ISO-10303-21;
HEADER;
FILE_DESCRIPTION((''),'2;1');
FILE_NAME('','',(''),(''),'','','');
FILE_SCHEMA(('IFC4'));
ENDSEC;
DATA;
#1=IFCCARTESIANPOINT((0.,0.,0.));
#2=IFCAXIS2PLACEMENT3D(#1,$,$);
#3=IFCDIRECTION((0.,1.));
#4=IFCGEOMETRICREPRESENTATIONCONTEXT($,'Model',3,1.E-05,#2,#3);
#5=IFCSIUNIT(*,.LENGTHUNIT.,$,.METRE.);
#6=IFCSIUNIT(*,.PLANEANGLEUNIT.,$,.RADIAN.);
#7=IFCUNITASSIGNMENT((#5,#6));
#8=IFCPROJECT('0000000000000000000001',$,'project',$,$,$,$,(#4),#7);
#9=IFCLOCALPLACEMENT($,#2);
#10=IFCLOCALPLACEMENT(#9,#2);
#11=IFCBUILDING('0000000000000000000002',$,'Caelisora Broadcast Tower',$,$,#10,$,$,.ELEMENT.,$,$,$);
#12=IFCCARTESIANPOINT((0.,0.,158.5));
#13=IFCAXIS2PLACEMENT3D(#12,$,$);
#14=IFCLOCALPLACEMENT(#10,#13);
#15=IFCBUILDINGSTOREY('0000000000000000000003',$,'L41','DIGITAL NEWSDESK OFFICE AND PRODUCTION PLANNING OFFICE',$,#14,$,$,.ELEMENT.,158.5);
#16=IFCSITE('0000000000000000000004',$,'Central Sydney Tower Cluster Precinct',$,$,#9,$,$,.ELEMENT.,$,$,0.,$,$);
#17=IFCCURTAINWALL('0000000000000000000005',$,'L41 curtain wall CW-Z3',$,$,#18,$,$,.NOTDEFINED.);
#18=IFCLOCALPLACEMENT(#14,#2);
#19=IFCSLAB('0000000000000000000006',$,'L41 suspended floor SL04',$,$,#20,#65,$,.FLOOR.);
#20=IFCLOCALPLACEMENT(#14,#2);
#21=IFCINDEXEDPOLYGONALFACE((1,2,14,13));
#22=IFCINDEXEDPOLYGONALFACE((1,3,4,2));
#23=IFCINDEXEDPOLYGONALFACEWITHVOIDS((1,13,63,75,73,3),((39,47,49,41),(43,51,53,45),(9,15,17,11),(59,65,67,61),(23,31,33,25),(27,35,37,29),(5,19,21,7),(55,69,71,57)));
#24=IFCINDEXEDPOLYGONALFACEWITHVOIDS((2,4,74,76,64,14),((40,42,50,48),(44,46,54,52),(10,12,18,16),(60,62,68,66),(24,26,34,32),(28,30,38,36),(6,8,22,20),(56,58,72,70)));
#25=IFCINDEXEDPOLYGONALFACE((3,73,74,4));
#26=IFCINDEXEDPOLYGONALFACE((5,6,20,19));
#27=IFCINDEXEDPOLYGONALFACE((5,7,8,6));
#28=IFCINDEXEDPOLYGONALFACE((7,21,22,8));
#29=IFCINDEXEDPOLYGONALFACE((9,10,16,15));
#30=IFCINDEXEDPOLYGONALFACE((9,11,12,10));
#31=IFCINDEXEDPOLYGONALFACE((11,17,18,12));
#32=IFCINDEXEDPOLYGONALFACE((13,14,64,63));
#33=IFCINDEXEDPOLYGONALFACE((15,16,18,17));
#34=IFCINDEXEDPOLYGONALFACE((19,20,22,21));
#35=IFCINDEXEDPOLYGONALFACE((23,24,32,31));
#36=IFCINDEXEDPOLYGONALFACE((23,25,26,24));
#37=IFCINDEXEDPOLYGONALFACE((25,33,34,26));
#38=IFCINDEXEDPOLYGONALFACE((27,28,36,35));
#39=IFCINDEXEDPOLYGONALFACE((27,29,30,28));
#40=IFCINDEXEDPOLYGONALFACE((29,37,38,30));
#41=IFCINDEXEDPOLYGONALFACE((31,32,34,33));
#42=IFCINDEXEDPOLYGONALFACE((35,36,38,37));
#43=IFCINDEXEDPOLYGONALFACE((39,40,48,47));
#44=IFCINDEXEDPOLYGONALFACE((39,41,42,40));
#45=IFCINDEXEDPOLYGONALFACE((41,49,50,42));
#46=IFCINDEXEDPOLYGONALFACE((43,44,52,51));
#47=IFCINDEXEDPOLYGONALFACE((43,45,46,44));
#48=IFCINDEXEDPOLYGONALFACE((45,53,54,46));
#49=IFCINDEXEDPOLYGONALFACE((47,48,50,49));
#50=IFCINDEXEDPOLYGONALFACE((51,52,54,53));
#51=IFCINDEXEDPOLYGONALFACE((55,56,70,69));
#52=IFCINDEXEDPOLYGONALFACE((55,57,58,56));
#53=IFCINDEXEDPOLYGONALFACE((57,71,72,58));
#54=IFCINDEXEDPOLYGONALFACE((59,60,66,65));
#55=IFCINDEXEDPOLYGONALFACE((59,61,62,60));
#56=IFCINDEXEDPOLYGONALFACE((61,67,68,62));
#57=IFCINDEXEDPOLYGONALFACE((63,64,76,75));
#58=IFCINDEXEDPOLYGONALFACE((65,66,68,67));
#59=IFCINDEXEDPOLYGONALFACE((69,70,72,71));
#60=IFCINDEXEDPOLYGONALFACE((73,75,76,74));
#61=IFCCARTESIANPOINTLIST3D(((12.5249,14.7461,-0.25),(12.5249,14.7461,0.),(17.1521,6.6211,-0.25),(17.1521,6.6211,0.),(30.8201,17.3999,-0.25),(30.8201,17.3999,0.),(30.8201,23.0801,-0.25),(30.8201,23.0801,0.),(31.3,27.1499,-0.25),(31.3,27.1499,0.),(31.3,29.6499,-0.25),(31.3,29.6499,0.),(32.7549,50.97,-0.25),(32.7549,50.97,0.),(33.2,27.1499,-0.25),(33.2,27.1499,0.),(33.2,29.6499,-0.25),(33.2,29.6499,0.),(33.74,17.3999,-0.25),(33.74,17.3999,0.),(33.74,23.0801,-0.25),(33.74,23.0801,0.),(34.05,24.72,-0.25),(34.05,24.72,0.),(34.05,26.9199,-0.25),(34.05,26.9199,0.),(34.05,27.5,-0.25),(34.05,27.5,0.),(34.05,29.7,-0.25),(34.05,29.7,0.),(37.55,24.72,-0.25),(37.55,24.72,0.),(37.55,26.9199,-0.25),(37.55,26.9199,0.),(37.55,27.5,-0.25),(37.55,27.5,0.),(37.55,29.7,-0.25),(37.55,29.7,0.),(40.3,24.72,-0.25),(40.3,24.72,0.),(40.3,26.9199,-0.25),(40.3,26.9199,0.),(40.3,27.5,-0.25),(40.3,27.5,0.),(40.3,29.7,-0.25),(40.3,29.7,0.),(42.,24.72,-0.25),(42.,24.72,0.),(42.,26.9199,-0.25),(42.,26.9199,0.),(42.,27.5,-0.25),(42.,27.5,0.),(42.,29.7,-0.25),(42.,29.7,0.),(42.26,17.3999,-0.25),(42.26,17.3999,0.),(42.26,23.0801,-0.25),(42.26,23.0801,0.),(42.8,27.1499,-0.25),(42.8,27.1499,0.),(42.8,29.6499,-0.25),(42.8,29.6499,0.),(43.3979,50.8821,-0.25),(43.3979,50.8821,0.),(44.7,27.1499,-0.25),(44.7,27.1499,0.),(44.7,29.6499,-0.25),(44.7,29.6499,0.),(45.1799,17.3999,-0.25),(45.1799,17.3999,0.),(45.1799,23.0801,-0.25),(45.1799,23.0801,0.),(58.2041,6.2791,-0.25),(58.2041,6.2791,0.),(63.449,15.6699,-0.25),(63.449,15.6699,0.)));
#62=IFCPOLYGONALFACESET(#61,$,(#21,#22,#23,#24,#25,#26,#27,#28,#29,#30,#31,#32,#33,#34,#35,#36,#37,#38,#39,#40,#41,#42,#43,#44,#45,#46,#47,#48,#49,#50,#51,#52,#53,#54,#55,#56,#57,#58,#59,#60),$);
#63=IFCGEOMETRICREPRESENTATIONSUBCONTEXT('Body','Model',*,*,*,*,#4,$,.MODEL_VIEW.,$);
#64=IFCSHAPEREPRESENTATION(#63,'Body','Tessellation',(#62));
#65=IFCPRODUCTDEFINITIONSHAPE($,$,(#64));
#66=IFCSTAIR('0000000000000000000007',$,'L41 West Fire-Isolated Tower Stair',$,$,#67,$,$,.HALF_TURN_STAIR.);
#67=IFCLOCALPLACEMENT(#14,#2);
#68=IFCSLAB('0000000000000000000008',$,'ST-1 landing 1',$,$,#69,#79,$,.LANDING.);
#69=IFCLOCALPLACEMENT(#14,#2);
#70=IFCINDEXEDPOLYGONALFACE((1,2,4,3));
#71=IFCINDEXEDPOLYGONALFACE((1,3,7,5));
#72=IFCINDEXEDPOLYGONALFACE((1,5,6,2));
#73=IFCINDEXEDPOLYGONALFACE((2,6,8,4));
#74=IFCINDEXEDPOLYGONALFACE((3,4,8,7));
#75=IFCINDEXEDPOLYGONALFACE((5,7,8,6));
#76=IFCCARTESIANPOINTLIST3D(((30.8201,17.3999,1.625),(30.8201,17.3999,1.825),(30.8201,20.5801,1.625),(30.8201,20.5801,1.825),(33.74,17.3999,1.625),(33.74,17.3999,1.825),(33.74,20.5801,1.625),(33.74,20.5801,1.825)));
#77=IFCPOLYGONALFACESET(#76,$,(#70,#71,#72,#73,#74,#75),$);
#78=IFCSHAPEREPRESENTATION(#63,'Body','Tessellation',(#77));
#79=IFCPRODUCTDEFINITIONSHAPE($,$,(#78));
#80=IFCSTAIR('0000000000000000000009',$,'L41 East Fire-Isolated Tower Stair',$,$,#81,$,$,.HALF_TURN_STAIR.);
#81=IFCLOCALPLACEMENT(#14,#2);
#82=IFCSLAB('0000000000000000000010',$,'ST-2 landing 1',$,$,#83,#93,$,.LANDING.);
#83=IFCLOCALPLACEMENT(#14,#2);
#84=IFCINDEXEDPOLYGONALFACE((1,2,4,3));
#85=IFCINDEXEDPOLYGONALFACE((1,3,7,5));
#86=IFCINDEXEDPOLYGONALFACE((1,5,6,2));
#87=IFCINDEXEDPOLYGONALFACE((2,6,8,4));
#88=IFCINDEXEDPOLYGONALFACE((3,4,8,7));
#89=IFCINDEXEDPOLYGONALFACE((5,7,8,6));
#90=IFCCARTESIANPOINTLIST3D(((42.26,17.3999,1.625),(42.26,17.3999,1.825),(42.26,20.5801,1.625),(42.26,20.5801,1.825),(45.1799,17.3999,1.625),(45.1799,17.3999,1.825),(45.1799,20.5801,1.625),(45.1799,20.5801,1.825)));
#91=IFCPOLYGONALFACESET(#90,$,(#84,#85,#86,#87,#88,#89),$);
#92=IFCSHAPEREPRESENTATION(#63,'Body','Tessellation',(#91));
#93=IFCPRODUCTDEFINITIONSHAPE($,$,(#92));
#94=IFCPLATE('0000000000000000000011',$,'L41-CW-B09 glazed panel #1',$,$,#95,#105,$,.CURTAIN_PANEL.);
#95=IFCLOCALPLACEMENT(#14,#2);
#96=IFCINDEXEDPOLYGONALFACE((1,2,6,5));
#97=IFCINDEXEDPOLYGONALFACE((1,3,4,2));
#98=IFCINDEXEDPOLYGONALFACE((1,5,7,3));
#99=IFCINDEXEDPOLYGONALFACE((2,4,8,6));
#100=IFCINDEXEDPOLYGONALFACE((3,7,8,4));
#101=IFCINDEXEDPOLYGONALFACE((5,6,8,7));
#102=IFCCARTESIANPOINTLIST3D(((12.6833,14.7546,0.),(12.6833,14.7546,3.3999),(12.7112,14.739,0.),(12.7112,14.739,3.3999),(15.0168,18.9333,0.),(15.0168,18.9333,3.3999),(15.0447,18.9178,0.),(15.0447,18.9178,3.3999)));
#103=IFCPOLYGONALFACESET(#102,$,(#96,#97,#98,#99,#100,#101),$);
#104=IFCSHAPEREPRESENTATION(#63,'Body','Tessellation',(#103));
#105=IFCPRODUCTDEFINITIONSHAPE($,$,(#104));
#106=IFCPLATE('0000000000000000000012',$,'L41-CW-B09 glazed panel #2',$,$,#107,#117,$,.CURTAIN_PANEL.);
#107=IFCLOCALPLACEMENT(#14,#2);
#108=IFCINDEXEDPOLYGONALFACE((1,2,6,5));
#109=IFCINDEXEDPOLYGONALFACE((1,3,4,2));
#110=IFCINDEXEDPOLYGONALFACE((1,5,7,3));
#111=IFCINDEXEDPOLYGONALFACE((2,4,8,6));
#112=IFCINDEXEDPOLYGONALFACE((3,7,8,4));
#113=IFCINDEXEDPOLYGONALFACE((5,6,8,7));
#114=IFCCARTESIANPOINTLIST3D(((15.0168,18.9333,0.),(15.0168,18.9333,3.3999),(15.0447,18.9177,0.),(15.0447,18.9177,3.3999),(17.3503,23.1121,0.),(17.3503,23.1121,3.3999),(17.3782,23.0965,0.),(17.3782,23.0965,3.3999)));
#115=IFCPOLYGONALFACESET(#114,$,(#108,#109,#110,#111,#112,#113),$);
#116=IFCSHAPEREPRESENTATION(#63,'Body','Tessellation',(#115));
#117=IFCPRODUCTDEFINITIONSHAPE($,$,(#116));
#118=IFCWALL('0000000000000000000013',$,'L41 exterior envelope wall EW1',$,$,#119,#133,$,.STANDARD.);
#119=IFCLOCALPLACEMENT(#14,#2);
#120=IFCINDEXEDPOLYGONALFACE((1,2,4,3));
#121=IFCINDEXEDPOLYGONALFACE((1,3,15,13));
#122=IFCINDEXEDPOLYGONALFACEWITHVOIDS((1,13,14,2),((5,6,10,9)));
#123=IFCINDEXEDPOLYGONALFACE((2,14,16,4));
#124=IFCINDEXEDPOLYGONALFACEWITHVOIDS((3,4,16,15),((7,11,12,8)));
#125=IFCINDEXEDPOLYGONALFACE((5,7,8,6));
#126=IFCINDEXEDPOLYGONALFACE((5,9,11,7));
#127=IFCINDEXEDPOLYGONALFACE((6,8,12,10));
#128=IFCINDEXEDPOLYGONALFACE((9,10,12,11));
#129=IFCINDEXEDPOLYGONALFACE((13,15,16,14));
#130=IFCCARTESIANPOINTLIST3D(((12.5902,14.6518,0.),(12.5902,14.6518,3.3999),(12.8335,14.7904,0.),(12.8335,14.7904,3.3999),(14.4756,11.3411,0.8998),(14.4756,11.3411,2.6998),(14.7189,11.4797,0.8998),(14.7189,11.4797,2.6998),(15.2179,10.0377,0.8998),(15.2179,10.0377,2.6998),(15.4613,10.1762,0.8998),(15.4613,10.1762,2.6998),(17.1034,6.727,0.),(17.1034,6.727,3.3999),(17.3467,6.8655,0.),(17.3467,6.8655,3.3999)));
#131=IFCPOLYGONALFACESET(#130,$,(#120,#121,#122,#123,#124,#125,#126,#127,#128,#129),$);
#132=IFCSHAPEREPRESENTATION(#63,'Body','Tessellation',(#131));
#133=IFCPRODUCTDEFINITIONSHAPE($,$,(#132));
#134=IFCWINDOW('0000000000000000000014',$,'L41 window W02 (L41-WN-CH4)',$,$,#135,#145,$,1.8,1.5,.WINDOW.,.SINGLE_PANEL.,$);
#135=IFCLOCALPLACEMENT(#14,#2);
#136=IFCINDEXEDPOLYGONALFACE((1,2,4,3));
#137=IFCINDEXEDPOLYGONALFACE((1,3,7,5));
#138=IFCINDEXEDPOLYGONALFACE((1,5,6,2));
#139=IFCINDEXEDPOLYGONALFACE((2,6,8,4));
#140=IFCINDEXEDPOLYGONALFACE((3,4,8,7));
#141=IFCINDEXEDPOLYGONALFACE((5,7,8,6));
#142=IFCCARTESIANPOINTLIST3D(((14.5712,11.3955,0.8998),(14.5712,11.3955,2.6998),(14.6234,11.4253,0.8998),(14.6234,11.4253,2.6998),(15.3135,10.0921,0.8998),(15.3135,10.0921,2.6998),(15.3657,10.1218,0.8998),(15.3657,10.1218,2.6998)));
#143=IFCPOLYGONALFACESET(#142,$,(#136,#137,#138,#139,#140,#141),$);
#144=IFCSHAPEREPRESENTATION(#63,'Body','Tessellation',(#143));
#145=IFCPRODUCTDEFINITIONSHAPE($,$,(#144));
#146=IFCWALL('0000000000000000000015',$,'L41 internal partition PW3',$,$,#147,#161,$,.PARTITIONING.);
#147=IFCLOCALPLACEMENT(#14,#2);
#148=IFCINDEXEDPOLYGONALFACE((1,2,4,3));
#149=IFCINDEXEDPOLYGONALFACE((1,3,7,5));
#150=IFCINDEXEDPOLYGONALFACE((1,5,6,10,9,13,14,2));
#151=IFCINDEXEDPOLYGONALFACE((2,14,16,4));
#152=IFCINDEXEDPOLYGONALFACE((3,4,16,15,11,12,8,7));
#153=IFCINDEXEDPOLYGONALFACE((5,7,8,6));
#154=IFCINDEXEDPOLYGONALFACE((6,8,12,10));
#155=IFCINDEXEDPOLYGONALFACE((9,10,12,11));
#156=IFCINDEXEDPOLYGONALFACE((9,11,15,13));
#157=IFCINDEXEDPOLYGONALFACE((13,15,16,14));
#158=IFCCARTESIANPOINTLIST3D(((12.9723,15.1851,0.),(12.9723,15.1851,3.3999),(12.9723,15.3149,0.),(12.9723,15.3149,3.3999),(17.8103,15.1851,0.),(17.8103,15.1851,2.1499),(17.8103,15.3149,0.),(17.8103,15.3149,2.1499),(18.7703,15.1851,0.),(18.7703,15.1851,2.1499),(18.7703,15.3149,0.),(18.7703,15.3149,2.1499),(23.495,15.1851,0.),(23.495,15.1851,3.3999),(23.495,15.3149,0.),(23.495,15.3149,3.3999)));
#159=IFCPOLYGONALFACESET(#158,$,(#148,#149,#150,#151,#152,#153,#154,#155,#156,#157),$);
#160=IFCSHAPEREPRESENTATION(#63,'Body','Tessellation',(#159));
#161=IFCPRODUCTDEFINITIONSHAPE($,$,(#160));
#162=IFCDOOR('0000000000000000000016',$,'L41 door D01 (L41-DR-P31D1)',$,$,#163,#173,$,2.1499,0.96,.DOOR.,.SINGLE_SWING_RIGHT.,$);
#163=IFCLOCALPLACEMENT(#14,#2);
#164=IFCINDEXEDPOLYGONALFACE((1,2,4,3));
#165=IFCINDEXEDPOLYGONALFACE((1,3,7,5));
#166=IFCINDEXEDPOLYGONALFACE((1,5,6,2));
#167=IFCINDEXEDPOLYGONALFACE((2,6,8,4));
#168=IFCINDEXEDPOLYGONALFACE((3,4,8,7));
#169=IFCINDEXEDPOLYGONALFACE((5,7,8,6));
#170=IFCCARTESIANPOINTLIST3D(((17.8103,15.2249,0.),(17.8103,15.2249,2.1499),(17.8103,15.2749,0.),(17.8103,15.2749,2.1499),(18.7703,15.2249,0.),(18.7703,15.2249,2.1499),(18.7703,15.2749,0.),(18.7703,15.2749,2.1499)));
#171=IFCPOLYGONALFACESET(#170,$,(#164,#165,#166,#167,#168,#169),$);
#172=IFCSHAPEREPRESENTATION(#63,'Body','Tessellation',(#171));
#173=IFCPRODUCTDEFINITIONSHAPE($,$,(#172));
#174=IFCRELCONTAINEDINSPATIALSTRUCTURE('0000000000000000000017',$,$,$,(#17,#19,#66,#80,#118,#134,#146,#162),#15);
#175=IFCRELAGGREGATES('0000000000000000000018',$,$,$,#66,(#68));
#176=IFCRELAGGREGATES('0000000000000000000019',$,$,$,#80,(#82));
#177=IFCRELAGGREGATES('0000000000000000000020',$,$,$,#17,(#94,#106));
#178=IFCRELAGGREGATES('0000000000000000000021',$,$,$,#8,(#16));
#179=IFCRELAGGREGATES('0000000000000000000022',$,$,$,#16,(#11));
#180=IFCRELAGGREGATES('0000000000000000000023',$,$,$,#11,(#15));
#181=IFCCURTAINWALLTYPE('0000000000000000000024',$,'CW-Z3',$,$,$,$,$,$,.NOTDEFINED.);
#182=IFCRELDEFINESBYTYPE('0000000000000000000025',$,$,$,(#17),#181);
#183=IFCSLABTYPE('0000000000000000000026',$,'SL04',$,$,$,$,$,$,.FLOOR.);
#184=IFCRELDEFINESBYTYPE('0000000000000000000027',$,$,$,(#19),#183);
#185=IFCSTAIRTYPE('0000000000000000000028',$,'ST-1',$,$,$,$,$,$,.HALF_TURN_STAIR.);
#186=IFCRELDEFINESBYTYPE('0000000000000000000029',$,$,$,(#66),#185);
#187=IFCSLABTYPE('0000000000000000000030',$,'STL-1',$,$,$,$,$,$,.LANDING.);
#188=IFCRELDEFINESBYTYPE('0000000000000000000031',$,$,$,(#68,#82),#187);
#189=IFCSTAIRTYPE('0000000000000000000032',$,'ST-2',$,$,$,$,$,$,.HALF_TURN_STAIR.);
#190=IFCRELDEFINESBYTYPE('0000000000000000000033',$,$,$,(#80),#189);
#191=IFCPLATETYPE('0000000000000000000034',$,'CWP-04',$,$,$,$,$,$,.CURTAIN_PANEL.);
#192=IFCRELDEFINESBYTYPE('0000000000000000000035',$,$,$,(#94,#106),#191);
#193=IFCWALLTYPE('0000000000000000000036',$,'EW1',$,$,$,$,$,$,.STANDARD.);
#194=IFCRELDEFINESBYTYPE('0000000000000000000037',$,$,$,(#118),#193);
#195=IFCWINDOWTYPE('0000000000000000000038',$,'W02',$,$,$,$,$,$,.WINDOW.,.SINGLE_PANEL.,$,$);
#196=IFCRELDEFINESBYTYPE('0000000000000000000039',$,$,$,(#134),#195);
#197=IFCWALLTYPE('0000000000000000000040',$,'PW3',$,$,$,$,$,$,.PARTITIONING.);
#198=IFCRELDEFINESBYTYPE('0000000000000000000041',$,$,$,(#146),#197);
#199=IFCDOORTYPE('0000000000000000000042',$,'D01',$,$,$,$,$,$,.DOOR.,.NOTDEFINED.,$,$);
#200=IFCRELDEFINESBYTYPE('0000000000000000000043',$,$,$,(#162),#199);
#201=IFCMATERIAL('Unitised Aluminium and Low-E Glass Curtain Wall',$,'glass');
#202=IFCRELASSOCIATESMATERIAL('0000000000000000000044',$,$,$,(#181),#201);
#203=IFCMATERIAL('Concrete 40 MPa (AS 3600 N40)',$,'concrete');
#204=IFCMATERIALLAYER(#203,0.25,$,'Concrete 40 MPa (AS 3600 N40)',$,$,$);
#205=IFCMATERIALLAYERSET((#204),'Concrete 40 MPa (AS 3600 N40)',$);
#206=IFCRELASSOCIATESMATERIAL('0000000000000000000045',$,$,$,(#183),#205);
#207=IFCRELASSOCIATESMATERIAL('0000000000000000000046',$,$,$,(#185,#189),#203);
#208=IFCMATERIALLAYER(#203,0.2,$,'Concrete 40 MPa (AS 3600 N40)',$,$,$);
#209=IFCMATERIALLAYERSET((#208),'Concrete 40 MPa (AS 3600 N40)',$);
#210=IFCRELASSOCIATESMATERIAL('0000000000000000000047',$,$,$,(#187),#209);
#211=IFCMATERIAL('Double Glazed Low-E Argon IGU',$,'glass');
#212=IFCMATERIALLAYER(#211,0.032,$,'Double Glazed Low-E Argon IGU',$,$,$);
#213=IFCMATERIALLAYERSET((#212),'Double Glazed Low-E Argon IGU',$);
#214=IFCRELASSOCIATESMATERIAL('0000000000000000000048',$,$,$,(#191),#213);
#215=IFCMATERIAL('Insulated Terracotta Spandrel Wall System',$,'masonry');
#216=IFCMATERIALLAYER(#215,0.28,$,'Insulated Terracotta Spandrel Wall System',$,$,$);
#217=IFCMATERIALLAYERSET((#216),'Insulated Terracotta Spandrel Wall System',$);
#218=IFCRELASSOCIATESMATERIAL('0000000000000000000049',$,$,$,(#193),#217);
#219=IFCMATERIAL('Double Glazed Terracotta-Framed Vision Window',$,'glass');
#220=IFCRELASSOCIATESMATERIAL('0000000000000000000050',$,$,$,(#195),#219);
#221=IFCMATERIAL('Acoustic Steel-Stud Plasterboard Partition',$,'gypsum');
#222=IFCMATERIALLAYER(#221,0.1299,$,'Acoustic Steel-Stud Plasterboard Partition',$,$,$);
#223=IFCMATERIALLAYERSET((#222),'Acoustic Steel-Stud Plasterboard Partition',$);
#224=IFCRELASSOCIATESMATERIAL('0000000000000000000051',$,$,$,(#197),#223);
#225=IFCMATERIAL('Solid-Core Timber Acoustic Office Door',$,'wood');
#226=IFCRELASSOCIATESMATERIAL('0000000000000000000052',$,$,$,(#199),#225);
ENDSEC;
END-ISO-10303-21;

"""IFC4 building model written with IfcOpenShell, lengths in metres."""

from ifc_helpers import new_model, si_unit, direction, frame, frame_2d, origin, origin_2d, place, context, subcontext, project, spatial, polyline, rectangle, outline, extrude, source, transform, mapped, material, layer, layer_set, type_object, type_shapes, element, fill, aggregate, save


model = new_model("IFC4")

# Units and contexts
model_context = context("Model", 3, precision=1e-05, world=origin(), true_north=direction((0.0, 1.0)))
body_context = subcontext(model_context, "Body", "Model", "MODEL_VIEW")
ifc_project = project(units=[si_unit("LENGTHUNIT", "METRE"), si_unit("PLANEANGLEUNIT", "RADIAN")], contexts=[model_context])

# Site, building, storey
site_placement = place(None, origin())
site = spatial("IfcSite", under=ifc_project, at=site_placement, Name="Central Sydney Tower Cluster Precinct", CompositionType="ELEMENT", RefElevation=0.0)
building_placement = place(site_placement, origin())
building = spatial("IfcBuilding", under=site, at=building_placement, Name="Caelisora Broadcast Tower", CompositionType="ELEMENT")
storey_placement = place(building_placement, frame((0.0, 0.0, 158.5)))
storey = spatial("IfcBuildingStorey", under=building, at=storey_placement, Name="L41", Description="DIGITAL NEWSDESK OFFICE AND PRODUCTION PLANNING OFFICE", CompositionType="ELEMENT", Elevation=158.5)

# Shared definitions
ifc_material_1 = material(Name="Unitised Aluminium and Low-E Glass Curtain Wall", Category="glass")
curtain_wall_type = type_object("IfcCurtainWallType", Name="CW-Z3", PredefinedType="NOTDEFINED", material=ifc_material_1)

# Curtain wall
curtain_wall_1_placement = place(storey_placement, origin())
curtain_wall_1 = element("IfcCurtainWall", 1, at=curtain_wall_1_placement, inside=storey, type_object=curtain_wall_type, Name="L41 curtain wall CW-Z3", PredefinedType="NOTDEFINED")

# Slab
ifc_material_2 = material(Name="Concrete 40 MPa (AS 3600 N40)", Category="concrete")
ifc_layer_1 = layer(ifc_material_2, 0.25, Name="Concrete 40 MPa (AS 3600 N40)")
ifc_layer_set_1 = layer_set([ifc_layer_1], Name="Concrete 40 MPa (AS 3600 N40)")
slab_type_1 = type_object("IfcSlabType", Name="SL04", PredefinedType="FLOOR", material=ifc_layer_set_1)
slab_1_placement = place(storey_placement, frame((0.0, 0.0, -0.25)))
element("IfcSlab", 2, at=slab_1_placement, inside=storey, type_object=slab_type_1, Name="L41 suspended floor SL04", PredefinedType="FLOOR", context=body_context, shape_type="SweptSolid", body=[
    extrude(outline(polyline([(43.3979, 50.8821), (32.7549, 50.97), (12.5249, 14.7461), (17.1521, 6.6211), (58.2041, 6.2791), (63.449, 15.6699), (43.3979, 50.8821)]), holes=[polyline([(30.8201, 17.3999), (33.74, 17.3999), (33.74, 23.0801), (30.8201, 23.0801), (30.8201, 17.3999)]), polyline([(42.26, 17.3999), (45.1799, 17.3999), (45.1799, 23.0801), (42.26, 23.0801), (42.26, 17.3999)]), polyline([(42.8, 27.1499), (44.7, 27.1499), (44.7, 29.6499), (42.8, 29.6499), (42.8, 27.1499)]), polyline([(40.3, 24.72), (42.0, 24.72), (42.0, 26.9199), (40.3, 26.9199), (40.3, 24.72)]), polyline([(40.3, 27.5), (42.0, 27.5), (42.0, 29.7), (40.3, 29.7), (40.3, 27.5)]), polyline([(34.05, 24.72), (37.55, 24.72), (37.55, 26.9199), (34.05, 26.9199), (34.05, 24.72)]), polyline([(34.05, 27.5), (37.55, 27.5), (37.55, 29.7), (34.05, 29.7), (34.05, 27.5)]), polyline([(31.3, 27.1499), (33.2, 27.1499), (33.2, 29.6499), (31.3, 29.6499), (31.3, 27.1499)])]), origin(), (0.0, 0.0, 1.0), 0.25),
])

# Stairs, slabs
stair_type_1 = type_object("IfcStairType", Name="ST-1", PredefinedType="HALF_TURN_STAIR", material=ifc_material_2)
stair_1_placement = place(storey_placement, origin())
stair_1 = element("IfcStair", 3, at=stair_1_placement, inside=storey, type_object=stair_type_1, Name="L41 West Fire-Isolated Tower Stair", PredefinedType="HALF_TURN_STAIR")
ifc_layer_2 = layer(ifc_material_2, 0.2, Name="Concrete 40 MPa (AS 3600 N40)")
ifc_layer_set_2 = layer_set([ifc_layer_2], Name="Concrete 40 MPa (AS 3600 N40)")
slab_type_2 = type_object("IfcSlabType", Name="STL-1", PredefinedType="LANDING", material=ifc_layer_set_2)
slab_2_placement = place(storey_placement, frame((0.0, 0.0, 1.625)))
slab_2 = element("IfcSlab", 4, at=slab_2_placement, type_object=slab_type_2, Name="ST-1 landing 1", PredefinedType="LANDING", context=body_context, shape_type="SweptSolid", body=[
    extrude(outline(polyline([(30.8201, 20.5801), (30.8201, 17.3999), (33.74, 17.3999), (33.74, 20.5801), (30.8201, 20.5801)])), origin(), (0.0, 0.0, 1.0), 0.2),
])
aggregate(stair_1, [slab_2])
stair_type_2 = type_object("IfcStairType", Name="ST-2", PredefinedType="HALF_TURN_STAIR", material=ifc_material_2)
stair_2_placement = place(storey_placement, origin())
stair_2 = element("IfcStair", 5, at=stair_2_placement, inside=storey, type_object=stair_type_2, Name="L41 East Fire-Isolated Tower Stair", PredefinedType="HALF_TURN_STAIR")
slab_3_placement = place(storey_placement, frame((0.0, 0.0, 1.625)))
slab_3 = element("IfcSlab", 6, at=slab_3_placement, type_object=slab_type_2, Name="ST-2 landing 1", PredefinedType="LANDING", context=body_context, shape_type="SweptSolid", body=[
    extrude(outline(polyline([(42.26, 20.5801), (42.26, 17.3999), (45.1799, 17.3999), (45.1799, 20.5801), (42.26, 20.5801)])), origin(), (0.0, 0.0, 1.0), 0.2),
])
aggregate(stair_2, [slab_3])

# Plates
ifc_material_3 = material(Name="Double Glazed Low-E Argon IGU", Category="glass")
ifc_layer_3 = layer(ifc_material_3, 0.032, Name="Double Glazed Low-E Argon IGU")
ifc_layer_set_3 = layer_set([ifc_layer_3], Name="Double Glazed Low-E Argon IGU")
plate_type = type_object("IfcPlateType", Name="CWP-04", PredefinedType="CURTAIN_PANEL", material=ifc_layer_set_3)
shared_shape_1 = source(origin(), body_context, "Body", "SweptSolid", [
    extrude(rectangle(XDim=4.7861, YDim=0.032, at=origin_2d()), origin(), (0.0, 0.0, 1.0), 3.3999),
])
type_shapes(plate_type, [shared_shape_1])
plate_1_placement = place(storey_placement, frame((13.864, 16.8362, 0.0), z_axis=(0.0, 0.0, 1.0), x_axis=(0.487555, 0.873092, 0.0)))
plate_1 = element("IfcPlate", 7, at=plate_1_placement, type_object=plate_type, Name="L41-CW-B09 glazed panel #1", PredefinedType="CURTAIN_PANEL", context=body_context, shape_type="MappedRepresentation", body=[
    mapped(shared_shape_1, transform((0.0, 0.0, 0.0), scale=1.0)),
])
plate_2_placement = place(storey_placement, frame((16.1975, 21.0149, 0.0), z_axis=(0.0, 0.0, 1.0), x_axis=(0.487555, 0.873092, 0.0)))
plate_2 = element("IfcPlate", 8, at=plate_2_placement, type_object=plate_type, Name="L41-CW-B09 glazed panel #2", PredefinedType="CURTAIN_PANEL", context=body_context, shape_type="MappedRepresentation", body=[
    mapped(shared_shape_1, transform((0.0, 0.0, 0.0), scale=1.0)),
])
aggregate(curtain_wall_1, [plate_1, plate_2])

# Wall, opening, window
ifc_material_4 = material(Name="Insulated Terracotta Spandrel Wall System", Category="masonry")
ifc_layer_4 = layer(ifc_material_4, 0.28, Name="Insulated Terracotta Spandrel Wall System")
ifc_layer_set_4 = layer_set([ifc_layer_4], Name="Insulated Terracotta Spandrel Wall System")
wall_type_1 = type_object("IfcWallType", Name="EW1", PredefinedType="STANDARD", material=ifc_layer_set_4)
wall_1_placement = place(storey_placement, frame((17.2251, 6.7961, 0.0), z_axis=(0.0, 0.0, 1.0), x_axis=(-0.494876, 0.868964, 0.0)))
wall_1 = element("IfcWall", 9, at=wall_1_placement, inside=storey, type_object=wall_type_1, Name="L41 exterior envelope wall EW1", PredefinedType="STANDARD", context=body_context, shape_type="SweptSolid", body=[
    extrude(rectangle(XDim=9.1199, YDim=0.28, at=frame_2d((4.5601, 0.0))), origin(), (0.0, 0.0, 1.0), 3.3999),
])
opening_1_placement = place(wall_1_placement, frame((3.8101, 0.0, 0.8999)))
opening_1 = element("IfcOpeningElement", 10, at=opening_1_placement, cuts=wall_1, PredefinedType="OPENING", context=body_context, shape_type="SweptSolid", body=[
    extrude(rectangle(XDim=1.5, YDim=1.8, at=frame_2d((0.75, 0.8999))), frame((0.0, 0.1521, 0.0), z_axis=(0.0, -1.0, 0.0), x_axis=(1.0, 0.0, 0.0)), (0.0, 0.0, 1.0), 0.304),
])
ifc_material_5 = material(Name="Double Glazed Terracotta-Framed Vision Window", Category="glass")
window_type = type_object("IfcWindowType", Name="W02", PartitioningType="SINGLE_PANEL", PredefinedType="WINDOW", material=ifc_material_5)
window_placement = place(opening_1_placement, origin())
window = element("IfcWindow", 11, at=window_placement, inside=storey, type_object=window_type, Name="L41 window W02 (L41-WN-CH4)", OverallHeight=1.8, OverallWidth=1.5, PartitioningType="SINGLE_PANEL", PredefinedType="WINDOW", context=body_context, shape_type="SweptSolid", body=[
    extrude(rectangle(XDim=1.5, YDim=1.8, at=frame_2d((0.75, 0.8999))), frame((0.0, 0.03, 0.0), z_axis=(0.0, -1.0, 0.0), x_axis=(1.0, 0.0, 0.0)), (0.0, 0.0, 1.0), 0.0601),
])
fill(opening_1, window)

# Wall, opening, door
ifc_material_6 = material(Name="Acoustic Steel-Stud Plasterboard Partition", Category="gypsum")
ifc_layer_5 = layer(ifc_material_6, 0.1299, Name="Acoustic Steel-Stud Plasterboard Partition")
ifc_layer_set_5 = layer_set([ifc_layer_5], Name="Acoustic Steel-Stud Plasterboard Partition")
wall_type_2 = type_object("IfcWallType", Name="PW3", PredefinedType="PARTITIONING", material=ifc_layer_set_5)
wall_2_placement = place(storey_placement, frame((12.9724, 15.25, 0.0), z_axis=(0.0, 0.0, 1.0), x_axis=(1.0, 0.0, 0.0)))
wall_2 = element("IfcWall", 12, at=wall_2_placement, inside=storey, type_object=wall_type_2, Name="L41 internal partition PW3", PredefinedType="PARTITIONING", context=body_context, shape_type="SweptSolid", body=[
    extrude(rectangle(XDim=10.5227, YDim=0.1299, at=frame_2d((5.2612, 0.0))), origin(), (0.0, 0.0, 1.0), 3.3999),
])
opening_2_placement = place(wall_2_placement, frame((4.8379, 0.0, 0.0)))
opening_2 = element("IfcOpeningElement", 13, at=opening_2_placement, cuts=wall_2, PredefinedType="OPENING", context=body_context, shape_type="SweptSolid", body=[
    extrude(rectangle(XDim=0.96, YDim=2.1499, at=frame_2d((0.48, 1.075))), frame((0.0, 0.0769, 0.0), z_axis=(0.0, -1.0, 0.0), x_axis=(1.0, 0.0, 0.0)), (0.0, 0.0, 1.0), 0.1538),
])
ifc_material_7 = material(Name="Solid-Core Timber Acoustic Office Door", Category="wood")
door_type = type_object("IfcDoorType", Name="D01", OperationType="NOTDEFINED", PredefinedType="DOOR", material=ifc_material_7)
door_placement = place(opening_2_placement, origin())
door = element("IfcDoor", 14, at=door_placement, inside=storey, type_object=door_type, Name="L41 door D01 (L41-DR-P31D1)", OperationType="SINGLE_SWING_RIGHT", OverallHeight=2.1499, OverallWidth=0.96, PredefinedType="DOOR", context=body_context, shape_type="SweptSolid", body=[
    extrude(rectangle(XDim=0.96, YDim=2.1499, at=frame_2d((0.48, 1.075))), frame((0.0, 0.0249, 0.0), z_axis=(0.0, -1.0, 0.0), x_axis=(1.0, 0.0, 0.0)), (0.0, 0.0, 1.0), 0.05),
])
fill(opening_2, door)

save(model, "model.ifc")
